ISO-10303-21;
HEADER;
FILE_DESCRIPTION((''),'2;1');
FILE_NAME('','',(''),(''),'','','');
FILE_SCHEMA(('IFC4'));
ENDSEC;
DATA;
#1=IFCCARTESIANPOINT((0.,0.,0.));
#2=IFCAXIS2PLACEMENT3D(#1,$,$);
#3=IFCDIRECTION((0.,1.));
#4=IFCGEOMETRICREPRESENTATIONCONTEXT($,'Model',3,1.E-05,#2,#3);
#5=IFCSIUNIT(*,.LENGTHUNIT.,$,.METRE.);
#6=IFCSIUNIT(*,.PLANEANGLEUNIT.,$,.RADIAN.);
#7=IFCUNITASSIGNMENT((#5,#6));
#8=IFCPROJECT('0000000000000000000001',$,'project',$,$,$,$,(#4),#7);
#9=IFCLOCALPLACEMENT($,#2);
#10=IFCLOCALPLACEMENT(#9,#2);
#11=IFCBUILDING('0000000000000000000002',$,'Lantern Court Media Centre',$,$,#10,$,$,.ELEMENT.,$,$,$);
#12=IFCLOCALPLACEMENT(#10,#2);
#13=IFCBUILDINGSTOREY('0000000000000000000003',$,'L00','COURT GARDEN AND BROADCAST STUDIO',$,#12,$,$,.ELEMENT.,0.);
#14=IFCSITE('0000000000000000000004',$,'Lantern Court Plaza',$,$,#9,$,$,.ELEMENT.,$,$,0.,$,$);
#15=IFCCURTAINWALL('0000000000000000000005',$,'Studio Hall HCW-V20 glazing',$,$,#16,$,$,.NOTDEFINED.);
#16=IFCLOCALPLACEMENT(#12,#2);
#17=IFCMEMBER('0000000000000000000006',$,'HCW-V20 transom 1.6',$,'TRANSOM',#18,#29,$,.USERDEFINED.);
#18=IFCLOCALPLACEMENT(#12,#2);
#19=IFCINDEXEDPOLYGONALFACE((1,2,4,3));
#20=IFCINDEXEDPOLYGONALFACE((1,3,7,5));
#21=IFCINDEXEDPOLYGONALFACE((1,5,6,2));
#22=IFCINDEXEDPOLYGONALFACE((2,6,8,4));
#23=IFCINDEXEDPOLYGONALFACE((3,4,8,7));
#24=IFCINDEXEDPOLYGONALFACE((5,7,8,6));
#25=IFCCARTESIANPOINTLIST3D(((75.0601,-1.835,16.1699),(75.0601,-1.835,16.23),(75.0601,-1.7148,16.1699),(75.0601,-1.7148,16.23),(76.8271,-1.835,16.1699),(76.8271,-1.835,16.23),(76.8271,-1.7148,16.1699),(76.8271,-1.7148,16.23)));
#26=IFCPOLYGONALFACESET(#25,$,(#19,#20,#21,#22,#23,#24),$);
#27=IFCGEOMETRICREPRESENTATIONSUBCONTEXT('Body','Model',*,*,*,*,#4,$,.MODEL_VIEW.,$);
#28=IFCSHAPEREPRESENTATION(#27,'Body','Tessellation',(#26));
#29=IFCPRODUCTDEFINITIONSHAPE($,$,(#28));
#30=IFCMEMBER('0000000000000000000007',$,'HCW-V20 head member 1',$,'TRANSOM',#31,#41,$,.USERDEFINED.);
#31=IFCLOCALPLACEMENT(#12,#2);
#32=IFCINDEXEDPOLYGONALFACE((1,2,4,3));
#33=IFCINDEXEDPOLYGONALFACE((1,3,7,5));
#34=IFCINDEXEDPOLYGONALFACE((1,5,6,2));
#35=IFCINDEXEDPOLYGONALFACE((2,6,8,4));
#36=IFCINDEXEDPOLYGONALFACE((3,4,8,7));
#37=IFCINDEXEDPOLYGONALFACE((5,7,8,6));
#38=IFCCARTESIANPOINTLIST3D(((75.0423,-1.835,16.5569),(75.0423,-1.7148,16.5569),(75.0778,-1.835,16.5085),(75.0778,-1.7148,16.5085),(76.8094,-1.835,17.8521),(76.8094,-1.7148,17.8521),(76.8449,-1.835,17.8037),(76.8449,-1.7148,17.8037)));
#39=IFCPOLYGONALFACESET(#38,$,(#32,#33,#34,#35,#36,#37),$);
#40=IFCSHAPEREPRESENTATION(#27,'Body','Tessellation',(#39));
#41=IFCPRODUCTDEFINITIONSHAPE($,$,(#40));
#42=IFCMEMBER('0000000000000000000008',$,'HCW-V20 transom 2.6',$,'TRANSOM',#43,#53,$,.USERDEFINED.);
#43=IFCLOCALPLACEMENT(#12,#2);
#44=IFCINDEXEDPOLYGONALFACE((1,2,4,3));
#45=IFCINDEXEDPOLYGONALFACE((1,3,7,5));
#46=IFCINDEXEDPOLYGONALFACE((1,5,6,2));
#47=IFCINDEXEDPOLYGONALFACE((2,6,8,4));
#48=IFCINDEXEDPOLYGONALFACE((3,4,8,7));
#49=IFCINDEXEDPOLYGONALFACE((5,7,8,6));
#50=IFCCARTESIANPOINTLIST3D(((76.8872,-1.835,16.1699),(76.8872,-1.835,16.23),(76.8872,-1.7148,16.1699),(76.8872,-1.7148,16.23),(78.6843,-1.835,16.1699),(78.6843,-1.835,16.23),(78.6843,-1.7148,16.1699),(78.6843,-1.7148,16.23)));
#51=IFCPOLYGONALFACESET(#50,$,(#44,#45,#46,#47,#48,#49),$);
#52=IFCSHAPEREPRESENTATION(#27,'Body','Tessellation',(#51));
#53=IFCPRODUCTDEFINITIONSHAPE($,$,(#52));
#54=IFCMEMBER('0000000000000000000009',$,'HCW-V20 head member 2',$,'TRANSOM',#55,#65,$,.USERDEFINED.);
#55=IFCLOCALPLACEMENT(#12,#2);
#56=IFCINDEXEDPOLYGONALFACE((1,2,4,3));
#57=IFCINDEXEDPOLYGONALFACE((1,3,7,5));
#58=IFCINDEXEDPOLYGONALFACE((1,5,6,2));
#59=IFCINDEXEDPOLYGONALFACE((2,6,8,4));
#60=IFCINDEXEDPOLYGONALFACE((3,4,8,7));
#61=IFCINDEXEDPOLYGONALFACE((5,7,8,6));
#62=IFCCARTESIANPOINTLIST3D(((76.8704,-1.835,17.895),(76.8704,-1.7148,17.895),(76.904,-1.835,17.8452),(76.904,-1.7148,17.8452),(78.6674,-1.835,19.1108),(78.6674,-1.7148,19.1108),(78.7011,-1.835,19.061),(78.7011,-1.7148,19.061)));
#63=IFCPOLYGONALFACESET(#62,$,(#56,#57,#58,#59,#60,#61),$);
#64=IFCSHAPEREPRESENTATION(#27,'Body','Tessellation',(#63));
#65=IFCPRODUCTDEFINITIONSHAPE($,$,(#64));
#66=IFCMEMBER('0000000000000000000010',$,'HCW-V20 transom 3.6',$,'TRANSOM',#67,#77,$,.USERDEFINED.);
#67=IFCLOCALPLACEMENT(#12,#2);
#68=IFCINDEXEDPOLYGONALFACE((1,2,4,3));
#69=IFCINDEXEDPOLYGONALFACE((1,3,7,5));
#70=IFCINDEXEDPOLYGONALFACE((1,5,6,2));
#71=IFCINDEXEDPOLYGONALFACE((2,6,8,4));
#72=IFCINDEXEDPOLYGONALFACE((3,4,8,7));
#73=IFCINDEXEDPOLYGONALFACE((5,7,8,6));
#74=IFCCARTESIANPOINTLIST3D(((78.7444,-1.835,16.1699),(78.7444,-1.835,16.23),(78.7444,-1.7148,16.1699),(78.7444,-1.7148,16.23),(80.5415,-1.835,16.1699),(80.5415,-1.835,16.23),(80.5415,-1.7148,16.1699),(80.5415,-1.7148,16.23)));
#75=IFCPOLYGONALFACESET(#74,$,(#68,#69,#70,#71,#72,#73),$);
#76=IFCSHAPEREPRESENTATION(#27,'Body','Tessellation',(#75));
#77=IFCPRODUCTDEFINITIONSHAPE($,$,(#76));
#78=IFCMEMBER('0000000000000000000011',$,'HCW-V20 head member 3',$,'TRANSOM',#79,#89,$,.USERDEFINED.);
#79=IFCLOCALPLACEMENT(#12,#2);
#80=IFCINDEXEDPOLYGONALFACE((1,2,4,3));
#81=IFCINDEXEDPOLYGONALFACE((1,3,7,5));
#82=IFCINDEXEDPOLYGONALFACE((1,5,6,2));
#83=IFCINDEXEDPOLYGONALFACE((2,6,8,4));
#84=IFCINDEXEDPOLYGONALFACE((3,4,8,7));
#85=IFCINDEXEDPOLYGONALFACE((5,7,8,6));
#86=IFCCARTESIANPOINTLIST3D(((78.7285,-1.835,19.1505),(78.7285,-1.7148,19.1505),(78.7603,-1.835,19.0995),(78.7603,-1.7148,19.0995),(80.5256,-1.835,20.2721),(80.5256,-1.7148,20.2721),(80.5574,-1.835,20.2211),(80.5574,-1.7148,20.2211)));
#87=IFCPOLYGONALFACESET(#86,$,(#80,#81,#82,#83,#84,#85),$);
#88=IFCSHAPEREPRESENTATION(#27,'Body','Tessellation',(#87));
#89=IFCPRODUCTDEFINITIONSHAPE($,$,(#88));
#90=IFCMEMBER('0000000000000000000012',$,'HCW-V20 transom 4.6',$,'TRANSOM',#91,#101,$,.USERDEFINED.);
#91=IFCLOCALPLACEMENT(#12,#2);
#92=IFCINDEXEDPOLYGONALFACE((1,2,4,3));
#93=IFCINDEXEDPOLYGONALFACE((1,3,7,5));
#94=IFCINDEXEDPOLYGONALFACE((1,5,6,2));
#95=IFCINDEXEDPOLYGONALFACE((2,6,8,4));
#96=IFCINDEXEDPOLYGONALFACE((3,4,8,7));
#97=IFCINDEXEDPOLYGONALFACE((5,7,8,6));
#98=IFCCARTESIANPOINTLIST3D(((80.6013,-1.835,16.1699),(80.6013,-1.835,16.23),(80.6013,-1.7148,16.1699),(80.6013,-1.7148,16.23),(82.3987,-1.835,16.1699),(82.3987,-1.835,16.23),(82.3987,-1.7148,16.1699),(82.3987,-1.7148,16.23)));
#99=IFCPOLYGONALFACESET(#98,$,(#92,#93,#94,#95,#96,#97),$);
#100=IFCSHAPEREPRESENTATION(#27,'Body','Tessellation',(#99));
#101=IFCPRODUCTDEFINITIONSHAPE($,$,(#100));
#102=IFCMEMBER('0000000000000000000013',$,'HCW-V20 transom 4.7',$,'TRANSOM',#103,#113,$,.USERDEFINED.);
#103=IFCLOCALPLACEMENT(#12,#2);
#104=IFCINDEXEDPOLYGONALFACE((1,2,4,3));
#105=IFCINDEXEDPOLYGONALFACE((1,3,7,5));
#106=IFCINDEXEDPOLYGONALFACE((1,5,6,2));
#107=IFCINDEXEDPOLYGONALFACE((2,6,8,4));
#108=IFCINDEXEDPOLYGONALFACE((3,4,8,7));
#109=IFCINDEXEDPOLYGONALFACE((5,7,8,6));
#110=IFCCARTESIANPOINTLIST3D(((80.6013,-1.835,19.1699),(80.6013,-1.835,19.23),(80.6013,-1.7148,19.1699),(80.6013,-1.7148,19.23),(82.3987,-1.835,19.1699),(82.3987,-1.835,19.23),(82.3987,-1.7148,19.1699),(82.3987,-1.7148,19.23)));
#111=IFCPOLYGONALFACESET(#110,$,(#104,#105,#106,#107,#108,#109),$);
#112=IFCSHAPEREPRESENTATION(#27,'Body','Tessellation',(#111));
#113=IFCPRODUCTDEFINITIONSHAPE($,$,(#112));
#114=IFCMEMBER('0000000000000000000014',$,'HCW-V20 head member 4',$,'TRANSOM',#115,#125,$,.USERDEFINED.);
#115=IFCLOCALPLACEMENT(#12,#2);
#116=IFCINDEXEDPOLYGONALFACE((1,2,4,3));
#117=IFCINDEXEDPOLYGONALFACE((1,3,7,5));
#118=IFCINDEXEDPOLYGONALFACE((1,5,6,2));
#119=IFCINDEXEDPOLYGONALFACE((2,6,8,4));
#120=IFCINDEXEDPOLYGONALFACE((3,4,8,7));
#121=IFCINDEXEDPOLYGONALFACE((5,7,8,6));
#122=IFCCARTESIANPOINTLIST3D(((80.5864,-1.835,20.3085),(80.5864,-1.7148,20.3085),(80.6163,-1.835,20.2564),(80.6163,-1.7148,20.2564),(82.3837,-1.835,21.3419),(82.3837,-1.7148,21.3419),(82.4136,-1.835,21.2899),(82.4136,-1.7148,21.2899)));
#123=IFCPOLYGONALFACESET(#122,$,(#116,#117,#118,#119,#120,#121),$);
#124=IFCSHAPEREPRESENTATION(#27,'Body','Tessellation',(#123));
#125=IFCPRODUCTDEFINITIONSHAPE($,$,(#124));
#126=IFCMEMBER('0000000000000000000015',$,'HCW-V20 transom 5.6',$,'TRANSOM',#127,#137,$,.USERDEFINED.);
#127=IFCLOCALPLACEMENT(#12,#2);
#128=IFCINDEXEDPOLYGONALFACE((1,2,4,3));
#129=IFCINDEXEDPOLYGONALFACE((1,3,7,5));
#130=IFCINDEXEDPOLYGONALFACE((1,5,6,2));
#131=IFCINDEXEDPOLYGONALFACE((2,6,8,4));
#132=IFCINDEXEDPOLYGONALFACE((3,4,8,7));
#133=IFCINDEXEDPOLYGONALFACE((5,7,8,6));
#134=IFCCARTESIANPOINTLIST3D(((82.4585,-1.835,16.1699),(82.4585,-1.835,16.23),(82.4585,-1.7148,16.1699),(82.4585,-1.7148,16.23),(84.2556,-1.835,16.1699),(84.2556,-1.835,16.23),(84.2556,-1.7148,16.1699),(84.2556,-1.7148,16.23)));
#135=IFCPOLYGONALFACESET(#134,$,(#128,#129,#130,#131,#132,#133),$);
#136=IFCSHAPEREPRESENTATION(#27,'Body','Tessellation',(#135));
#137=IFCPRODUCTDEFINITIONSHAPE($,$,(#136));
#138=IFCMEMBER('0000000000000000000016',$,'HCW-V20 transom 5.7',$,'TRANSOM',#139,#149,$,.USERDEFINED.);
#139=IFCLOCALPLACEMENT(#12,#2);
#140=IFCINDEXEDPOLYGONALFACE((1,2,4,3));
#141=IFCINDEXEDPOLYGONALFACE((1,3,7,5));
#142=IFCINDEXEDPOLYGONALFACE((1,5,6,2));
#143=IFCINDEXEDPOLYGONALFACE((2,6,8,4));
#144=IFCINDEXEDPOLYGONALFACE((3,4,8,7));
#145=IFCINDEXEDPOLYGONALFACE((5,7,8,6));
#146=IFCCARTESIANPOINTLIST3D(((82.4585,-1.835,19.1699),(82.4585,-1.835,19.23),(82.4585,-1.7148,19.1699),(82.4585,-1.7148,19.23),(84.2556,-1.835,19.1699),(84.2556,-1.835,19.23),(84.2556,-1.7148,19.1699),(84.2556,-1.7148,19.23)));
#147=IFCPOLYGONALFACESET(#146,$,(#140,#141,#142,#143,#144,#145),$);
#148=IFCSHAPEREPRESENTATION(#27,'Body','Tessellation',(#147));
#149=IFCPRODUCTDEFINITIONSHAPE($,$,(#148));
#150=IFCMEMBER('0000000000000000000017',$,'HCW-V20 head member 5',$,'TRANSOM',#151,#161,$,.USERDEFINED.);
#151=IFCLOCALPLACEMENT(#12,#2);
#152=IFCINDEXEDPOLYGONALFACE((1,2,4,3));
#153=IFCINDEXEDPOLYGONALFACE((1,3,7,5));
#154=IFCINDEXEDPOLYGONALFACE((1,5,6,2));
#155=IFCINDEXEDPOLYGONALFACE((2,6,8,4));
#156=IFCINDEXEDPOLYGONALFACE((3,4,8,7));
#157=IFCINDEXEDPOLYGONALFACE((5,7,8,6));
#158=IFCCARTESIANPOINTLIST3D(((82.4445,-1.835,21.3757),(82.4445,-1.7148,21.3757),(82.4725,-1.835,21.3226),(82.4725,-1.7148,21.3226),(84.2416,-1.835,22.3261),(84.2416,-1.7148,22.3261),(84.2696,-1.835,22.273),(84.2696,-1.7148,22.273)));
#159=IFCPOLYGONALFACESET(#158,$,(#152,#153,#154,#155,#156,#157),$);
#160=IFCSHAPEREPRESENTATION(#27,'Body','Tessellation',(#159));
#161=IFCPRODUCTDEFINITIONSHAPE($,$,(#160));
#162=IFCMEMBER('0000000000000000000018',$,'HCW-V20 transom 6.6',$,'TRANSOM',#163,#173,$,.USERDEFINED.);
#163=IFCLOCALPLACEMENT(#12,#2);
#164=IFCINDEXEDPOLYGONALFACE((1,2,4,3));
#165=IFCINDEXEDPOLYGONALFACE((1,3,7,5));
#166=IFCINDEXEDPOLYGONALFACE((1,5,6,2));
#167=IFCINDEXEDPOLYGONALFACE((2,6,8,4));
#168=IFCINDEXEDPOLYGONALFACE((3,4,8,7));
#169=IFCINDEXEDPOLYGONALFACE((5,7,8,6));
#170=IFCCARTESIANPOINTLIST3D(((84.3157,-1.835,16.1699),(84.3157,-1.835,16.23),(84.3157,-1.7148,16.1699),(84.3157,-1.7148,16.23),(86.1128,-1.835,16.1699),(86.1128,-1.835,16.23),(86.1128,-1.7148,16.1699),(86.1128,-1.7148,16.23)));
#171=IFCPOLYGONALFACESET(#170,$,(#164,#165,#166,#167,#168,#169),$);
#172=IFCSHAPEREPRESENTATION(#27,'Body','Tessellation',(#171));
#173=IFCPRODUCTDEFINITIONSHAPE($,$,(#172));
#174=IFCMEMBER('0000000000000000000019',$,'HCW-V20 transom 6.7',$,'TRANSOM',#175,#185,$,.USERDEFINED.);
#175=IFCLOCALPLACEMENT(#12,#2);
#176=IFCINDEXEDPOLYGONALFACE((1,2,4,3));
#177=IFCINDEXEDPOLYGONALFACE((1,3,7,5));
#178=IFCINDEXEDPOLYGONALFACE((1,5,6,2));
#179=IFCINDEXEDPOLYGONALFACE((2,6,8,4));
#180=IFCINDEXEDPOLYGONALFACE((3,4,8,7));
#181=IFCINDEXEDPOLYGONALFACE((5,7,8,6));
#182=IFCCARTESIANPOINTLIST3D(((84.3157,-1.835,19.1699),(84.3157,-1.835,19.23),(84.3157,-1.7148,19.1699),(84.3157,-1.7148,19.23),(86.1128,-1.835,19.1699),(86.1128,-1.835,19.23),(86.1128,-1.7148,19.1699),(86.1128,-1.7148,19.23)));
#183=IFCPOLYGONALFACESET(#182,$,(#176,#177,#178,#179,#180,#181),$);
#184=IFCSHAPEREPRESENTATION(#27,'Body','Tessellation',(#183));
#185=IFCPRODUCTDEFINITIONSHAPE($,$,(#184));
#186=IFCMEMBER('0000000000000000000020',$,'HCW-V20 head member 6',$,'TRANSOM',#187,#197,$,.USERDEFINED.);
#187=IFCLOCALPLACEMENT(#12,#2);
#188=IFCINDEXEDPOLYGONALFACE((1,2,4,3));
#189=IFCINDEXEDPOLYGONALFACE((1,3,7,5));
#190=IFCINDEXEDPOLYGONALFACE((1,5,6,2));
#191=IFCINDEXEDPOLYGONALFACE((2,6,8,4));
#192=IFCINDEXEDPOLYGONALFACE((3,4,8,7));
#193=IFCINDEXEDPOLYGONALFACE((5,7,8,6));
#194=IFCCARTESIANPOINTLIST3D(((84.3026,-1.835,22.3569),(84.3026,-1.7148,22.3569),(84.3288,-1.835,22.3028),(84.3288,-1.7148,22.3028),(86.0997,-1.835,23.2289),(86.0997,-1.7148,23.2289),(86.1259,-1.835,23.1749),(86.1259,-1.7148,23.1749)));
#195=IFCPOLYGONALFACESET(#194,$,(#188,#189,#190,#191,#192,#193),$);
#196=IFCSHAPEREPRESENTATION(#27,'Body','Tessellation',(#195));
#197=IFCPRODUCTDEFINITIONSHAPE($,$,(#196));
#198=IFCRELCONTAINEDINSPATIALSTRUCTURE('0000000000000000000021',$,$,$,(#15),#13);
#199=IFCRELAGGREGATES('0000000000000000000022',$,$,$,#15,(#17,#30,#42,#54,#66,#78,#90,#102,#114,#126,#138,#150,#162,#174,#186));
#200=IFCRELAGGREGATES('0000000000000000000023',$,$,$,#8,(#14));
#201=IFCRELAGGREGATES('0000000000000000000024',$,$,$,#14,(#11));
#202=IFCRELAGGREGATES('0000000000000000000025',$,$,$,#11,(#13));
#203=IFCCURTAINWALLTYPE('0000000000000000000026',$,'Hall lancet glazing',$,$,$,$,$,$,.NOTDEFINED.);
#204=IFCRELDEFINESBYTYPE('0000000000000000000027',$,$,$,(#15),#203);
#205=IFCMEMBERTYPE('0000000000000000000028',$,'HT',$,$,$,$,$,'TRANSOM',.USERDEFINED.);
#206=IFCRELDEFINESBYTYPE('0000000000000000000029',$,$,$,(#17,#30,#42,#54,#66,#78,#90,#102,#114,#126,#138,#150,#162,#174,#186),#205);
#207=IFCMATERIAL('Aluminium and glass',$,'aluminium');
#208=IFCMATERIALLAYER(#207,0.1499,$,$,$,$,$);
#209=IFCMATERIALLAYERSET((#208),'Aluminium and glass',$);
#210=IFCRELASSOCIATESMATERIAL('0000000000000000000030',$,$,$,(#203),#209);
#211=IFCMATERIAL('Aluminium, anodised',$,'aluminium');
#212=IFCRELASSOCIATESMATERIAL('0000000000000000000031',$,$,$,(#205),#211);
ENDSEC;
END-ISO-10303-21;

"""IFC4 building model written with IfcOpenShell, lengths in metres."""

from ifc_helpers import new_model, si_unit, direction, frame, origin, origin_2d, place, context, subcontext, project, spatial, rectangle, extrude, material, layer, layer_set, material_profile, profile_set, type_object, element, aggregate, save


model = new_model("IFC4")

# Units and contexts
model_context = context("Model", 3, precision=1e-05, world=origin(), true_north=direction((0.0, 1.0)))
body_context = subcontext(model_context, "Body", "Model", "MODEL_VIEW")
ifc_project = project(units=[si_unit("LENGTHUNIT", "METRE"), si_unit("PLANEANGLEUNIT", "RADIAN")], contexts=[model_context])

# Site, building, storey
site_placement = place(None, origin())
site = spatial("IfcSite", under=ifc_project, at=site_placement, Name="Lantern Court Plaza", CompositionType="ELEMENT", RefElevation=0.0)
building_placement = place(site_placement, origin())
building = spatial("IfcBuilding", under=site, at=building_placement, Name="Lantern Court Media Centre", CompositionType="ELEMENT")
storey_placement = place(building_placement, origin())
storey = spatial("IfcBuildingStorey", under=building, at=storey_placement, Name="L00", Description="COURT GARDEN AND BROADCAST STUDIO", CompositionType="ELEMENT", Elevation=0.0)

# Curtain wall, members
ifc_material_1 = material(Name="Aluminium and glass", Category="aluminium")
ifc_layer_1 = layer(ifc_material_1, 0.1499)
ifc_layer_set_1 = layer_set([ifc_layer_1], Name="Aluminium and glass")
curtain_wall_type = type_object("IfcCurtainWallType", Name="Hall lancet glazing", PredefinedType="NOTDEFINED", material=ifc_layer_set_1)
curtain_wall_placement = place(storey_placement, origin())
curtain_wall = element("IfcCurtainWall", 1, at=curtain_wall_placement, inside=storey, type_object=curtain_wall_type, Name="Studio Hall HCW-V20 glazing", PredefinedType="NOTDEFINED")
ifc_material_2 = material(Name="Aluminium, anodised", Category="aluminium")
ifc_material_profile = material_profile(ifc_material_2, rectangle(XDim=0.1201, YDim=0.0601, at=origin_2d()), Name="HT")
ifc_profile_set = profile_set([ifc_material_profile], Name="Aluminium, anodised")
member_type = type_object("IfcMemberType", Name="HT", ElementType="TRANSOM", PredefinedType="USERDEFINED", material=ifc_profile_set)
member_1_placement = place(storey_placement, frame((75.0601, -1.7749, 16.2), z_axis=(1.0, 0.0, 0.0), x_axis=(0.0, 1.0, 0.0)))
member_1 = element("IfcMember", 2, at=member_1_placement, type_object=member_type, Name="HCW-V20 transom 1.6", ObjectType="TRANSOM", PredefinedType="USERDEFINED", context=body_context, shape_type="SweptSolid", body=[
    extrude(rectangle(XDim=0.1201, YDim=0.0601, at=origin_2d()), origin(), (0.0, 0.0, 1.0), 1.7671),
])
member_2_placement = place(storey_placement, frame((75.0601, -1.7749, 16.5327), z_axis=(0.806557, 0.0, 0.591156), x_axis=(0.0, 1.0, 0.0)))
member_2 = element("IfcMember", 3, at=member_2_placement, type_object=member_type, Name="HCW-V20 head member 1", ObjectType="TRANSOM", PredefinedType="USERDEFINED", context=body_context, shape_type="SweptSolid", body=[
    extrude(rectangle(XDim=0.1201, YDim=0.0601, at=origin_2d()), origin(), (0.0, 0.0, 1.0), 2.1909),
])
member_3_placement = place(storey_placement, frame((76.8872, -1.7749, 16.2), z_axis=(1.0, 0.0, 0.0), x_axis=(0.0, 1.0, 0.0)))
member_3 = element("IfcMember", 4, at=member_3_placement, type_object=member_type, Name="HCW-V20 transom 2.6", ObjectType="TRANSOM", PredefinedType="USERDEFINED", context=body_context, shape_type="SweptSolid", body=[
    extrude(rectangle(XDim=0.1201, YDim=0.0601, at=origin_2d()), origin(), (0.0, 0.0, 1.0), 1.7971),
])
member_4_placement = place(storey_placement, frame((76.8872, -1.7749, 17.8701), z_axis=(0.828257, 0.0, 0.560348), x_axis=(0.0, 1.0, 0.0)))
member_4 = element("IfcMember", 5, at=member_4_placement, type_object=member_type, Name="HCW-V20 head member 2", ObjectType="TRANSOM", PredefinedType="USERDEFINED", context=body_context, shape_type="SweptSolid", body=[
    extrude(rectangle(XDim=0.1201, YDim=0.0601, at=origin_2d()), origin(), (0.0, 0.0, 1.0), 2.1697),
])
member_5_placement = place(storey_placement, frame((78.7444, -1.7749, 16.2), z_axis=(1.0, 0.0, 0.0), x_axis=(0.0, 1.0, 0.0)))
member_5 = element("IfcMember", 6, at=member_5_placement, type_object=member_type, Name="HCW-V20 transom 3.6", ObjectType="TRANSOM", PredefinedType="USERDEFINED", context=body_context, shape_type="SweptSolid", body=[
    extrude(rectangle(XDim=0.1201, YDim=0.0601, at=origin_2d()), origin(), (0.0, 0.0, 1.0), 1.7971),
])
member_6_placement = place(storey_placement, frame((78.7444, -1.7749, 19.125), z_axis=(0.848341, 0.0, 0.52945), x_axis=(0.0, 1.0, 0.0)))
member_6 = element("IfcMember", 7, at=member_6_placement, type_object=member_type, Name="HCW-V20 head member 3", ObjectType="TRANSOM", PredefinedType="USERDEFINED", context=body_context, shape_type="SweptSolid", body=[
    extrude(rectangle(XDim=0.1201, YDim=0.0601, at=origin_2d()), origin(), (0.0, 0.0, 1.0), 2.1184),
])
member_7_placement = place(storey_placement, frame((80.6013, -1.7749, 16.2), z_axis=(1.0, 0.0, 0.0), x_axis=(0.0, 1.0, 0.0)))
member_7 = element("IfcMember", 8, at=member_7_placement, type_object=member_type, Name="HCW-V20 transom 4.6", ObjectType="TRANSOM", PredefinedType="USERDEFINED", context=body_context, shape_type="SweptSolid", body=[
    extrude(rectangle(XDim=0.1201, YDim=0.0601, at=origin_2d()), origin(), (0.0, 0.0, 1.0), 1.7974),
])
member_8_placement = place(storey_placement, frame((80.6013, -1.7749, 19.2), z_axis=(1.0, 0.0, 0.0), x_axis=(0.0, 1.0, 0.0)))
member_8 = element("IfcMember", 9, at=member_8_placement, type_object=member_type, Name="HCW-V20 transom 4.7", ObjectType="TRANSOM", PredefinedType="USERDEFINED", context=body_context, shape_type="SweptSolid", body=[
    extrude(rectangle(XDim=0.1201, YDim=0.0601, at=origin_2d()), origin(), (0.0, 0.0, 1.0), 1.7974),
])
member_9_placement = place(storey_placement, frame((80.6013, -1.7749, 20.2825), z_axis=(0.866914, 0.0, 0.498458), x_axis=(0.0, 1.0, 0.0)))
member_9 = element("IfcMember", 10, at=member_9_placement, type_object=member_type, Name="HCW-V20 head member 4", ObjectType="TRANSOM", PredefinedType="USERDEFINED", context=body_context, shape_type="SweptSolid", body=[
    extrude(rectangle(XDim=0.1201, YDim=0.0601, at=origin_2d()), origin(), (0.0, 0.0, 1.0), 2.0732),
])
member_10_placement = place(storey_placement, frame((82.4585, -1.7749, 16.2), z_axis=(1.0, 0.0, 0.0), x_axis=(0.0, 1.0, 0.0)))
member_10 = element("IfcMember", 11, at=member_10_placement, type_object=member_type, Name="HCW-V20 transom 5.6", ObjectType="TRANSOM", PredefinedType="USERDEFINED", context=body_context, shape_type="SweptSolid", body=[
    extrude(rectangle(XDim=0.1201, YDim=0.0601, at=origin_2d()), origin(), (0.0, 0.0, 1.0), 1.7971),
])
member_11_placement = place(storey_placement, frame((82.4585, -1.7749, 19.2), z_axis=(1.0, 0.0, 0.0), x_axis=(0.0, 1.0, 0.0)))
member_11 = element("IfcMember", 12, at=member_11_placement, type_object=member_type, Name="HCW-V20 transom 5.7", ObjectType="TRANSOM", PredefinedType="USERDEFINED", context=body_context, shape_type="SweptSolid", body=[
    extrude(rectangle(XDim=0.1201, YDim=0.0601, at=origin_2d()), origin(), (0.0, 0.0, 1.0), 1.7971),
])
member_12_placement = place(storey_placement, frame((82.4585, -1.7749, 21.3491), z_axis=(0.883986, 0.0, 0.467512), x_axis=(0.0, 1.0, 0.0)))
member_12 = element("IfcMember", 13, at=member_12_placement, type_object=member_type, Name="HCW-V20 head member 5", ObjectType="TRANSOM", PredefinedType="USERDEFINED", context=body_context, shape_type="SweptSolid", body=[
    extrude(rectangle(XDim=0.1201, YDim=0.0601, at=origin_2d()), origin(), (0.0, 0.0, 1.0), 2.033),
])
member_13_placement = place(storey_placement, frame((84.3157, -1.7749, 16.2), z_axis=(1.0, 0.0, 0.0), x_axis=(0.0, 1.0, 0.0)))
member_13 = element("IfcMember", 14, at=member_13_placement, type_object=member_type, Name="HCW-V20 transom 6.6", ObjectType="TRANSOM", PredefinedType="USERDEFINED", context=body_context, shape_type="SweptSolid", body=[
    extrude(rectangle(XDim=0.1201, YDim=0.0601, at=origin_2d()), origin(), (0.0, 0.0, 1.0), 1.7971),
])
member_14_placement = place(storey_placement, frame((84.3157, -1.7749, 19.2), z_axis=(1.0, 0.0, 0.0), x_axis=(0.0, 1.0, 0.0)))
member_14 = element("IfcMember", 15, at=member_14_placement, type_object=member_type, Name="HCW-V20 transom 6.7", ObjectType="TRANSOM", PredefinedType="USERDEFINED", context=body_context, shape_type="SweptSolid", body=[
    extrude(rectangle(XDim=0.1201, YDim=0.0601, at=origin_2d()), origin(), (0.0, 0.0, 1.0), 1.7971),
])
member_15_placement = place(storey_placement, frame((84.3157, -1.7749, 22.3298), z_axis=(0.899669, 0.0, 0.436573), x_axis=(0.0, 1.0, 0.0)))
member_15 = element("IfcMember", 16, at=member_15_placement, type_object=member_type, Name="HCW-V20 head member 6", ObjectType="TRANSOM", PredefinedType="USERDEFINED", context=body_context, shape_type="SweptSolid", body=[
    extrude(rectangle(XDim=0.1201, YDim=0.0601, at=origin_2d()), origin(), (0.0, 0.0, 1.0), 1.9976),
])
aggregate(curtain_wall, [member_1, member_2, member_3, member_4, member_5, member_6, member_7, member_8, member_9, member_10, member_11, member_12, member_13, member_14, member_15])

save(model, "model.ifc")
